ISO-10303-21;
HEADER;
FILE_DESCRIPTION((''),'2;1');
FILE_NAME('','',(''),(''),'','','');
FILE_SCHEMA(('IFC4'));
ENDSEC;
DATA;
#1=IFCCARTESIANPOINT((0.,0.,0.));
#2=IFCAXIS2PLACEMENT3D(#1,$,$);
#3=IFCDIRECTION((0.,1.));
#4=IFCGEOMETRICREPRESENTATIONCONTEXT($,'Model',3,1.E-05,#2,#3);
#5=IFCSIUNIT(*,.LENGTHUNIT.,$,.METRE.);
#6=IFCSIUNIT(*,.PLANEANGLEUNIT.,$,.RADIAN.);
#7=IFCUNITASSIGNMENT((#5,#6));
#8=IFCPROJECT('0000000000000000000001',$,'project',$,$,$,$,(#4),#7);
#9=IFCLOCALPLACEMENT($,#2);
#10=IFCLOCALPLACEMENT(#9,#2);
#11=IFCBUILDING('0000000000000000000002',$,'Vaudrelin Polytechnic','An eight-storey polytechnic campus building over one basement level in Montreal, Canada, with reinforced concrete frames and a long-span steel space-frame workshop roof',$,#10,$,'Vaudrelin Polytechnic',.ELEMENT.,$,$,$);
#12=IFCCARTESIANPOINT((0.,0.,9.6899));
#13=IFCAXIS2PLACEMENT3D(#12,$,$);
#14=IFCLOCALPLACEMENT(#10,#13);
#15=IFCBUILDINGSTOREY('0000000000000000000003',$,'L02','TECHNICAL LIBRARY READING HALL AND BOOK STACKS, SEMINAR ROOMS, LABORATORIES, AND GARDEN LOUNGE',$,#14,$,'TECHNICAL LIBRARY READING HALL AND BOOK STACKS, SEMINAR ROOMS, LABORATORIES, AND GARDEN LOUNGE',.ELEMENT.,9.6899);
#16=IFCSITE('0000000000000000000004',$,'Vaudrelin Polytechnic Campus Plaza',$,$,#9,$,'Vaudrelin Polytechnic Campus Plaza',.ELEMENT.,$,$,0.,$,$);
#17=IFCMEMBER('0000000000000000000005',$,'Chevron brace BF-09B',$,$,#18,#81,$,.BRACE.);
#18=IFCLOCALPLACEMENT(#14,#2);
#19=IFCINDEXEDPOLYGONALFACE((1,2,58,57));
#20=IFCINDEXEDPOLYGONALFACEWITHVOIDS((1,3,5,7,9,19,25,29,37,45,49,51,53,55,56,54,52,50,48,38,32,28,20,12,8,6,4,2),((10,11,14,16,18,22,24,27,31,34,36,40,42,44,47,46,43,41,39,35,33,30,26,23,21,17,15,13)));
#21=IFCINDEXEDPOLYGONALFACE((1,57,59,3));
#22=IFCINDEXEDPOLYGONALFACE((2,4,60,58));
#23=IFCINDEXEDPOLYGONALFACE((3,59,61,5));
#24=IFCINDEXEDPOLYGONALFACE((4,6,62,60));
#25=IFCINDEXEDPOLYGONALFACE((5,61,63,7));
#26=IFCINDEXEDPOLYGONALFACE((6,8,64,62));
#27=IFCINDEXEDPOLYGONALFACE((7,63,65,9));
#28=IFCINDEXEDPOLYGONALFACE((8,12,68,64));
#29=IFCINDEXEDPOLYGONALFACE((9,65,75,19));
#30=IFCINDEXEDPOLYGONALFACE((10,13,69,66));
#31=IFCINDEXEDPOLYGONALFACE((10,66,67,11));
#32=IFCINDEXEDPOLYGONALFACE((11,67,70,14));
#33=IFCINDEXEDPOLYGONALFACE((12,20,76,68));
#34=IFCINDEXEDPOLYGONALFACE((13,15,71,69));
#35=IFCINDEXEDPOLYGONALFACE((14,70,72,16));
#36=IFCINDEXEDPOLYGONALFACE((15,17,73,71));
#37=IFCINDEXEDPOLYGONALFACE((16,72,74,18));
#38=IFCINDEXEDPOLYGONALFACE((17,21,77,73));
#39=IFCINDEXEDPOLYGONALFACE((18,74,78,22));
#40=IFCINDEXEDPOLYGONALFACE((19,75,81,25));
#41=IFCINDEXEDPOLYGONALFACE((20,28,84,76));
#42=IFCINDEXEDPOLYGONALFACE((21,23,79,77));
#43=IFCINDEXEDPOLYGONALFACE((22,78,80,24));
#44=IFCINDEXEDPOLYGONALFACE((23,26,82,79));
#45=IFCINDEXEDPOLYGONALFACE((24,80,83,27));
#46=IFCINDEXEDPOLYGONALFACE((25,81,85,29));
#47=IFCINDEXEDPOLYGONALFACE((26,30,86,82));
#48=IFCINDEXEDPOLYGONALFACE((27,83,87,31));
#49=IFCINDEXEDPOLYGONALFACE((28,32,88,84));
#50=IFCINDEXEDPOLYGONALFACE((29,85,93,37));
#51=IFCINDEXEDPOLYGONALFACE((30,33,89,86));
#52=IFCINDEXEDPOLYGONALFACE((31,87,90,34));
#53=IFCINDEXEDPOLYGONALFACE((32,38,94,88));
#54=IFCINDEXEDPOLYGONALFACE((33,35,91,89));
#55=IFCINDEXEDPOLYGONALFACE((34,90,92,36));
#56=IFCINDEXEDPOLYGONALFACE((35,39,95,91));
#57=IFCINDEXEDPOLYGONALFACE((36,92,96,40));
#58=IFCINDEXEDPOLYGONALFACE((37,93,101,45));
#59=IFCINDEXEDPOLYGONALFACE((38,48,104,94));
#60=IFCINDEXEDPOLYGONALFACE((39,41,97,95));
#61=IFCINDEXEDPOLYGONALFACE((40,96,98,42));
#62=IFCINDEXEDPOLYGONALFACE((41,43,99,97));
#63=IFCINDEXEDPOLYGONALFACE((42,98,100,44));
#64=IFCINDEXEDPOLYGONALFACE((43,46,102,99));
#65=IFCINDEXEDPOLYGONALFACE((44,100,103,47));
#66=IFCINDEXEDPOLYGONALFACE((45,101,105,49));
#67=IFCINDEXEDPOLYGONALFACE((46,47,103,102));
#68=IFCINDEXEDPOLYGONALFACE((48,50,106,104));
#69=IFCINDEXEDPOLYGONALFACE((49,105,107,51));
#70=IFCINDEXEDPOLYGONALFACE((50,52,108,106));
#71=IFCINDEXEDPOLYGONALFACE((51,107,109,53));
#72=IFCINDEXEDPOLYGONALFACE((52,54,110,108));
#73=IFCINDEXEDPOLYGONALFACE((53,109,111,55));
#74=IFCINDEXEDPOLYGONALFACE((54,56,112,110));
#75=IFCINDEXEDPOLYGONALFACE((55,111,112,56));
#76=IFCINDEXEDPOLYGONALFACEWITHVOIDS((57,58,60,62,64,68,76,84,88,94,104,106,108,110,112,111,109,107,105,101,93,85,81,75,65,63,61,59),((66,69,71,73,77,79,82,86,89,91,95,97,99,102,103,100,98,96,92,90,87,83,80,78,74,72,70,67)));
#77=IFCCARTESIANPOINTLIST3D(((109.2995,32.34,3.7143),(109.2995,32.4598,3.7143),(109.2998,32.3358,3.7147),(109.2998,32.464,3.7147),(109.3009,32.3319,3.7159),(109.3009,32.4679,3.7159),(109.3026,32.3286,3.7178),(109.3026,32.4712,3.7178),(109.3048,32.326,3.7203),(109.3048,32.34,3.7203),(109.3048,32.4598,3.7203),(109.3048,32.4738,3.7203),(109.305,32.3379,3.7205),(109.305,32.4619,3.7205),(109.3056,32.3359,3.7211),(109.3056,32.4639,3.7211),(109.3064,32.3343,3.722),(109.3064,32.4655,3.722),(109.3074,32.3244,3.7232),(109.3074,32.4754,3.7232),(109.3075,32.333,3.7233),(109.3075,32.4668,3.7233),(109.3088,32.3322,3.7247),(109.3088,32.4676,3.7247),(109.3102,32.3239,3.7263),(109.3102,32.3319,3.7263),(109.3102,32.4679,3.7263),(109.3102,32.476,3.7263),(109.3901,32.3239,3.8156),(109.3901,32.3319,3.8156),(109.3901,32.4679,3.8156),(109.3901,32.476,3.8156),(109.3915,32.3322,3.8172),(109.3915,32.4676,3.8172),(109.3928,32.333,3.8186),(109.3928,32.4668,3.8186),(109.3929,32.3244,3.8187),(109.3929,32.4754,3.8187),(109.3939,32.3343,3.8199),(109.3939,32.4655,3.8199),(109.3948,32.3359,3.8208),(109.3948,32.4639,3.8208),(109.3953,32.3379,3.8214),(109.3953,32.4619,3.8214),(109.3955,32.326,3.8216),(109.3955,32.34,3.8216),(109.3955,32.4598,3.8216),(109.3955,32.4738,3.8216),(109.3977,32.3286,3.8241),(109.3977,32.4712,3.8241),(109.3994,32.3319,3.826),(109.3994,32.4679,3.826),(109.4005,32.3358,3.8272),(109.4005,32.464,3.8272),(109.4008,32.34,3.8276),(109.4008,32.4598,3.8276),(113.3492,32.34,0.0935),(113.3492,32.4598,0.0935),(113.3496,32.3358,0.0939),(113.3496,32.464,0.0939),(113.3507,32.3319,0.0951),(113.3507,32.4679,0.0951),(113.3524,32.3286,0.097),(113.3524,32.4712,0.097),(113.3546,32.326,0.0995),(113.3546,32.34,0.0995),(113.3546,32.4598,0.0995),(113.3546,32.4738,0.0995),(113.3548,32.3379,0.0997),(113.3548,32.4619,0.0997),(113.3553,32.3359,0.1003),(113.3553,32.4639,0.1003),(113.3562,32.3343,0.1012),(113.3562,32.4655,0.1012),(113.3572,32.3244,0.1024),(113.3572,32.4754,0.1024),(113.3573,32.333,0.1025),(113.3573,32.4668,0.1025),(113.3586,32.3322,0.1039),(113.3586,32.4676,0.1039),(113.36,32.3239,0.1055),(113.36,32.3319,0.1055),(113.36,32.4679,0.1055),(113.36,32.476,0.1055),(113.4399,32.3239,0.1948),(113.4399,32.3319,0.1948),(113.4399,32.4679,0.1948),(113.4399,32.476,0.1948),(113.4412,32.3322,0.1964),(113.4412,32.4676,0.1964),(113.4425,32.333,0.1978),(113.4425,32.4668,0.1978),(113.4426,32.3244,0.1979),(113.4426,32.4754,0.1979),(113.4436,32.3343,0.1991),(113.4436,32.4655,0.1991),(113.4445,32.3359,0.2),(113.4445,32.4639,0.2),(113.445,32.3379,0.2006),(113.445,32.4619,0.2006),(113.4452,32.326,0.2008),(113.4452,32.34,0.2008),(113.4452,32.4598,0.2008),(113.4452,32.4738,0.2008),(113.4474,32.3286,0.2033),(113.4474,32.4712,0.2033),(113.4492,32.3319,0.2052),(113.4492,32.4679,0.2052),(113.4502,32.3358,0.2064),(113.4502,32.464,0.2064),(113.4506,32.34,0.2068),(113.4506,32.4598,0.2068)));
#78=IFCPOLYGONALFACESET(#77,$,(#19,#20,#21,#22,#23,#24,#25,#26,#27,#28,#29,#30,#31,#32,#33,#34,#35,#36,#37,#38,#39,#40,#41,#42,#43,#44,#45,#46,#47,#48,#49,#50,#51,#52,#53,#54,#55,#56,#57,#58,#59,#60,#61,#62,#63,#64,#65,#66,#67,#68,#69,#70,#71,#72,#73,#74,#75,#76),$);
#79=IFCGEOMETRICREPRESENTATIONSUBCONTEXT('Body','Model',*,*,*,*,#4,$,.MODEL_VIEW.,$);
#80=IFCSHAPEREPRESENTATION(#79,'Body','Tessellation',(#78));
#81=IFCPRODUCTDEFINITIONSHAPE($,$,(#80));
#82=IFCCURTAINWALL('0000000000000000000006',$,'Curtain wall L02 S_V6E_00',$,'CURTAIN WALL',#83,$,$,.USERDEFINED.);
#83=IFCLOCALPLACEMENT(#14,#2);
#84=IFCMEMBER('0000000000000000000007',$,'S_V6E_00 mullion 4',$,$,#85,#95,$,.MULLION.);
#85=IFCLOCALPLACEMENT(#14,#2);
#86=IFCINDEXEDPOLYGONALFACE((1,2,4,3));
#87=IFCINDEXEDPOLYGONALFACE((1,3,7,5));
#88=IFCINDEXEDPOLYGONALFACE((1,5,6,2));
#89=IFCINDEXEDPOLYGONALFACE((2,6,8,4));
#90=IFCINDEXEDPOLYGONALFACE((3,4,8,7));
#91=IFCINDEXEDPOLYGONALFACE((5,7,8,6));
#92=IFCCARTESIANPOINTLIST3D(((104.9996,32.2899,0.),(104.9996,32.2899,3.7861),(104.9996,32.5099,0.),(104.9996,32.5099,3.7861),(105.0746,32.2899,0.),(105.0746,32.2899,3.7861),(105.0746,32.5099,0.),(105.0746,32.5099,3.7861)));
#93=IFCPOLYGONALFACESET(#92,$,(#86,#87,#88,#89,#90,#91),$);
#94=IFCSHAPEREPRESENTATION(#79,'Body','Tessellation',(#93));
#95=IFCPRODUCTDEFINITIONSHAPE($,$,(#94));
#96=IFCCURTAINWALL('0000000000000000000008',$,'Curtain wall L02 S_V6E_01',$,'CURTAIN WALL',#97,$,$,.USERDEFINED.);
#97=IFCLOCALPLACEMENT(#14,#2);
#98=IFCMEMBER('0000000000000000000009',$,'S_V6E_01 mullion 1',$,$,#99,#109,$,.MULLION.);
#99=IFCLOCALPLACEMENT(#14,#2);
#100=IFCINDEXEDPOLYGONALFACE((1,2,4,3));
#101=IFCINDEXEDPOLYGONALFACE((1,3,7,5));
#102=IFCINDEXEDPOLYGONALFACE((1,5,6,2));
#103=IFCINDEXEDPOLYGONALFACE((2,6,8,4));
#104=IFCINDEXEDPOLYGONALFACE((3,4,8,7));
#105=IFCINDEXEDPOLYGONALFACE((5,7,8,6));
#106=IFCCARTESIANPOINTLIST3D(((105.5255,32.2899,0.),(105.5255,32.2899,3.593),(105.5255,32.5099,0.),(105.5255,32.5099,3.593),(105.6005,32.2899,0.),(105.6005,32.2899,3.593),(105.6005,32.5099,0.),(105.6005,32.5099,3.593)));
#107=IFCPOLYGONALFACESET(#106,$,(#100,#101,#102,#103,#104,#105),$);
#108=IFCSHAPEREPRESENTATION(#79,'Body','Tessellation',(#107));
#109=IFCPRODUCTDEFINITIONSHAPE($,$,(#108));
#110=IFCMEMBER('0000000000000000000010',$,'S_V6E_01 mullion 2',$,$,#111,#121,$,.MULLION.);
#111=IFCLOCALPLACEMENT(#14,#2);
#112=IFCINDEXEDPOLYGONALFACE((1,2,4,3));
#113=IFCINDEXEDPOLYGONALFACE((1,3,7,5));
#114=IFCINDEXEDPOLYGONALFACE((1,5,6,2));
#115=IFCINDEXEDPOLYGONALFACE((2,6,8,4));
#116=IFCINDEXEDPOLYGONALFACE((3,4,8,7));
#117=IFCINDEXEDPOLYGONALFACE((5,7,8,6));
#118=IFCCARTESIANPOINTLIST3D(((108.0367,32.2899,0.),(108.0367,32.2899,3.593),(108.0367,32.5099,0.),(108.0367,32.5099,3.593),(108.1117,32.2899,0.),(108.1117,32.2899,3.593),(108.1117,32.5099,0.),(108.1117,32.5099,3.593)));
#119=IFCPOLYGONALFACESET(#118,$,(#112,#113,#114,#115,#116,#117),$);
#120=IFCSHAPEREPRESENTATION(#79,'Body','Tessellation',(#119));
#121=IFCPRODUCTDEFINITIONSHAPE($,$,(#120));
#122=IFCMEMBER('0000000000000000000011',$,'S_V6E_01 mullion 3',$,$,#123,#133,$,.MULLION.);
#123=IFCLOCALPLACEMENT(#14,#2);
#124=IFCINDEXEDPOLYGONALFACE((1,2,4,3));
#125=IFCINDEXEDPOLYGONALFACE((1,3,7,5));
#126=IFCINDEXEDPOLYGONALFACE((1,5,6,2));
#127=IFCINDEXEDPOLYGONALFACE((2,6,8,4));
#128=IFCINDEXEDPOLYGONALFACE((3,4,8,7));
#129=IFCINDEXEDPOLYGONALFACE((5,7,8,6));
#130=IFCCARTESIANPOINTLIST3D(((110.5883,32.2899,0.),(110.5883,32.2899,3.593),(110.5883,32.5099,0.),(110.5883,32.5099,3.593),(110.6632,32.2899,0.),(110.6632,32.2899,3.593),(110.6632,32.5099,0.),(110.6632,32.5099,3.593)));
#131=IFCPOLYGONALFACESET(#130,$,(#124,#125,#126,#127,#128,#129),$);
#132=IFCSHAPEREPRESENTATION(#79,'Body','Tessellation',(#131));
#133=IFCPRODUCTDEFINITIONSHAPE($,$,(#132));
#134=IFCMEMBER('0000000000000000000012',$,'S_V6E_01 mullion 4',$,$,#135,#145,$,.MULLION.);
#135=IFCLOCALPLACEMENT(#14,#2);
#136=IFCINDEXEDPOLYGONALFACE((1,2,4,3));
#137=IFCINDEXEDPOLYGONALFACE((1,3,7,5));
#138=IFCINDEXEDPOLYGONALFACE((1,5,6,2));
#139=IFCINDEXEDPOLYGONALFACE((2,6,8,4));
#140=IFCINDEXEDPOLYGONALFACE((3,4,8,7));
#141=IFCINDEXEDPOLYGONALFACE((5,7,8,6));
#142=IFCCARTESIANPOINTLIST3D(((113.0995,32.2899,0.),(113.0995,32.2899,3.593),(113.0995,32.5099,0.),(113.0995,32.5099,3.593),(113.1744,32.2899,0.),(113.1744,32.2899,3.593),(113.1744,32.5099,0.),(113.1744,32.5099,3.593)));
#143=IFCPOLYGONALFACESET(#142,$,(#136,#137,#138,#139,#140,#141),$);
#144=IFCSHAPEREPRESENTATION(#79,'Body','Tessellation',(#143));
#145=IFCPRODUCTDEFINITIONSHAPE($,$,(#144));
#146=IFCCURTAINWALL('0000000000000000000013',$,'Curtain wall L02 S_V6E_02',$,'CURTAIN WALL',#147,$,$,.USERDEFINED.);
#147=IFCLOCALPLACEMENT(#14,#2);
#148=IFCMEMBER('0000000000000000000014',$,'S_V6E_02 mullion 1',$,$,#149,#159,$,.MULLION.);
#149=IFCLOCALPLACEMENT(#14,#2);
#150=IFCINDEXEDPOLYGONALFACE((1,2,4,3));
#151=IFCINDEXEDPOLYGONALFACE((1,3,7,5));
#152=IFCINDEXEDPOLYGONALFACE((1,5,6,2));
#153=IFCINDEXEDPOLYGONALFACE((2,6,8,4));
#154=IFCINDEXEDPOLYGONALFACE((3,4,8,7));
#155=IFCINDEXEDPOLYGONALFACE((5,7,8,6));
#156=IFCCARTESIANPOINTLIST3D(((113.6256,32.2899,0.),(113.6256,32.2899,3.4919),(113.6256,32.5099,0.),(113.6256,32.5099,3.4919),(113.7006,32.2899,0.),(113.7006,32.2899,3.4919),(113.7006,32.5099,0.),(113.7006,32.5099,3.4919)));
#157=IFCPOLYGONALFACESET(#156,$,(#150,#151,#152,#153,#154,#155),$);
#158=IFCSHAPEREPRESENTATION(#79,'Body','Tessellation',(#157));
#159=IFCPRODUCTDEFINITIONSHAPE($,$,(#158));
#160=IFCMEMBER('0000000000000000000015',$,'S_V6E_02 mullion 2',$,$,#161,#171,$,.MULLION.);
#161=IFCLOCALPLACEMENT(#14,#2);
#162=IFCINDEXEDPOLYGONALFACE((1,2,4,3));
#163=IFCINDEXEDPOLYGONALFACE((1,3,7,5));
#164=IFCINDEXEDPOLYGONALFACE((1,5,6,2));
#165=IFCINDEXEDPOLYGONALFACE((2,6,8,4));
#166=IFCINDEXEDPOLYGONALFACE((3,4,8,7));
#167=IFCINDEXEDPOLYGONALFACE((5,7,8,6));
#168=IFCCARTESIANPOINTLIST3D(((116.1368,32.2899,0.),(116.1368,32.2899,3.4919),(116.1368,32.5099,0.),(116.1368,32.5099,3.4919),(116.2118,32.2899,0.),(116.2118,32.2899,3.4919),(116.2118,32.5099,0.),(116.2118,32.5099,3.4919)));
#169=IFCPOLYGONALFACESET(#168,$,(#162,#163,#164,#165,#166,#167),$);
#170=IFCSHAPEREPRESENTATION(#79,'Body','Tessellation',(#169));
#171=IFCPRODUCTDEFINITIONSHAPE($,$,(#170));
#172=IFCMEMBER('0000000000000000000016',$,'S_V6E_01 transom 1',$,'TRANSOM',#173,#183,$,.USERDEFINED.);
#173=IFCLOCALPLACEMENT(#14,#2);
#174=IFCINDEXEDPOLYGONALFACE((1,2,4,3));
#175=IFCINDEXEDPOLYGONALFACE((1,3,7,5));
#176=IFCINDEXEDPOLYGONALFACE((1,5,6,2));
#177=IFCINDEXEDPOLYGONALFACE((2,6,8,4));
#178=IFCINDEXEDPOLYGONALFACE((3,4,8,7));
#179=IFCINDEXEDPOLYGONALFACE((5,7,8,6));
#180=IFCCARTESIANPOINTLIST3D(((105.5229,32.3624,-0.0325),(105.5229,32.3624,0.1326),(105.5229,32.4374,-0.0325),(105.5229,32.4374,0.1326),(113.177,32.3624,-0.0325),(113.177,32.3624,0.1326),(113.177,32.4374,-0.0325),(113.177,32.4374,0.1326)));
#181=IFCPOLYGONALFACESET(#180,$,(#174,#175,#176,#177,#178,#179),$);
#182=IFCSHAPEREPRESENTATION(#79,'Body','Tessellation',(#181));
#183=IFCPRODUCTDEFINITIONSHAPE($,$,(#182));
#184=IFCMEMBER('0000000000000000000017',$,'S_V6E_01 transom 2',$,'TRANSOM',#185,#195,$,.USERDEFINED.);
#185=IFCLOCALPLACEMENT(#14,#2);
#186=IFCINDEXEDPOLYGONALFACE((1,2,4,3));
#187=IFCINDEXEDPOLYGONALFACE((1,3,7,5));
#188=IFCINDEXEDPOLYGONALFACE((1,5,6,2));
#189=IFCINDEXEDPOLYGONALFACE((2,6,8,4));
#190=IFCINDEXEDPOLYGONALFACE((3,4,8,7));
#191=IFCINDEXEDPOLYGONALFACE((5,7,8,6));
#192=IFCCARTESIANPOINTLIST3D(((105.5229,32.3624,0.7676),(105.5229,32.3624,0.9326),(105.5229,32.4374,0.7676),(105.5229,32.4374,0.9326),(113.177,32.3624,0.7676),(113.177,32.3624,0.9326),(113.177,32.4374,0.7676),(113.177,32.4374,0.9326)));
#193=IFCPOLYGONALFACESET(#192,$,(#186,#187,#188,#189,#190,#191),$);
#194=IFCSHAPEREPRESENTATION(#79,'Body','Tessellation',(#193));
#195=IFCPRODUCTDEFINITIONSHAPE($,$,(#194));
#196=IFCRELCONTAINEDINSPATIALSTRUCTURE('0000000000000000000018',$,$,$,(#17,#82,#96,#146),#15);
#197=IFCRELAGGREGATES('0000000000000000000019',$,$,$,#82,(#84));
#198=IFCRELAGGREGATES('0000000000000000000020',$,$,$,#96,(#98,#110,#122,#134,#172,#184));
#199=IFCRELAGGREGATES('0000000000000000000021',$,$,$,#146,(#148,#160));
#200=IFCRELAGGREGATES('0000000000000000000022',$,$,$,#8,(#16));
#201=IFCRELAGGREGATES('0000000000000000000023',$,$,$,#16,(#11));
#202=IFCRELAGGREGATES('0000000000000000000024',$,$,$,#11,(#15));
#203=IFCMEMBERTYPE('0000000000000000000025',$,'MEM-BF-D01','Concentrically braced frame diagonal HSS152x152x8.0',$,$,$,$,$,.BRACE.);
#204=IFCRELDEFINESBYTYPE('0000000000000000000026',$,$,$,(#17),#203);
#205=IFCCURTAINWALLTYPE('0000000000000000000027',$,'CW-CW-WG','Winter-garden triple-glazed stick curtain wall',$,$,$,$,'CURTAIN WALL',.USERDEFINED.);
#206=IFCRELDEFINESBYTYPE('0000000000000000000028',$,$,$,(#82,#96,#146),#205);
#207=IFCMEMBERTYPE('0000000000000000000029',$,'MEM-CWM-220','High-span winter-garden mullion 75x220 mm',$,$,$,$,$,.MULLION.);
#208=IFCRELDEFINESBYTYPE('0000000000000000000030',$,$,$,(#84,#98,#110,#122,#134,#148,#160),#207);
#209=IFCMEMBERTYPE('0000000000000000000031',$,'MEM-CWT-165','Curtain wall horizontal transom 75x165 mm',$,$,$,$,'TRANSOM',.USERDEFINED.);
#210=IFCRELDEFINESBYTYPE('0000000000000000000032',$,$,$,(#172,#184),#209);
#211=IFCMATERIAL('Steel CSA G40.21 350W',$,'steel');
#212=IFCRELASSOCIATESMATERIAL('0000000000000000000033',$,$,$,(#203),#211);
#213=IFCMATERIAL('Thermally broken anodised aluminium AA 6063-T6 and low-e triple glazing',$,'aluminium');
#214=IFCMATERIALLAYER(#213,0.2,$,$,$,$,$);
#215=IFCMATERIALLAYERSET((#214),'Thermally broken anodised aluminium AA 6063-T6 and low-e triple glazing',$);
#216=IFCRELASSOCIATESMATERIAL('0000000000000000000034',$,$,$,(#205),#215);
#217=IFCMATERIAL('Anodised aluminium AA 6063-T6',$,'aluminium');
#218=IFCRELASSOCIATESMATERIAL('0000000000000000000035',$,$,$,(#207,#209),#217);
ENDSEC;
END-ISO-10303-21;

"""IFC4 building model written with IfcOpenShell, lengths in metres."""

from ifc_helpers import new_model, si_unit, direction, frame, origin, origin_2d, place, context, subcontext, project, spatial, rectangle, hollow_rectangle, extrude, material, layer, layer_set, material_profile, profile_set, type_object, element, aggregate, save


model = new_model("IFC4")

# Units and contexts
model_context = context("Model", 3, precision=1e-05, world=origin(), true_north=direction((0.0, 1.0)))
body_context = subcontext(model_context, "Body", "Model", "MODEL_VIEW")
ifc_project = project(units=[si_unit("LENGTHUNIT", "METRE"), si_unit("PLANEANGLEUNIT", "RADIAN")], contexts=[model_context])

# Site, building, storey
site_placement = place(None, origin())
site = spatial("IfcSite", under=ifc_project, at=site_placement, Name="Vaudrelin Polytechnic Campus Plaza", LongName="Vaudrelin Polytechnic Campus Plaza", CompositionType="ELEMENT", RefElevation=0.0)
building_placement = place(site_placement, origin())
building = spatial("IfcBuilding", under=site, at=building_placement, Name="Vaudrelin Polytechnic", Description="An eight-storey polytechnic campus building over one basement level in Montreal, Canada, with reinforced concrete frames and a long-span steel space-frame workshop roof", LongName="Vaudrelin Polytechnic", CompositionType="ELEMENT")
storey_placement = place(building_placement, frame((0.0, 0.0, 9.6899)))
storey = spatial("IfcBuildingStorey", under=building, at=storey_placement, Name="L02", Description="TECHNICAL LIBRARY READING HALL AND BOOK STACKS, SEMINAR ROOMS, LABORATORIES, AND GARDEN LOUNGE", LongName="TECHNICAL LIBRARY READING HALL AND BOOK STACKS, SEMINAR ROOMS, LABORATORIES, AND GARDEN LOUNGE", CompositionType="ELEMENT", Elevation=9.6899)

# Shared definitions
ifc_material_1 = material(Name="Steel CSA G40.21 350W", Category="steel")

# Member
ifc_material_profile_1 = material_profile(ifc_material_1, hollow_rectangle(XDim=0.1521, YDim=0.1521, WallThickness=0.0081, InnerFilletRadius=0.0081, OuterFilletRadius=0.0161, at=origin_2d()), Name="HSS152x152x8.0")
ifc_profile_set_1 = profile_set([ifc_material_profile_1], Name="Steel CSA G40.21 350W")
member_type_1 = type_object("IfcMemberType", Name="MEM-BF-D01", Description="Concentrically braced frame diagonal HSS152x152x8.0", PredefinedType="BRACE", material=ifc_profile_set_1)
member_1_placement = place(storey_placement, frame((113.3999, 32.3999, 0.1501), z_axis=(-0.745485, 0.0, 0.666523), x_axis=(0.0, -1.0, 0.0)))
element("IfcMember", 1, at=member_1_placement, inside=storey, type_object=member_type_1, Name="Chevron brace BF-09B", PredefinedType="BRACE", context=body_context, shape_type="SweptSolid", body=[
    extrude(hollow_rectangle(XDim=0.1521, YDim=0.1521, WallThickness=0.0081, InnerFilletRadius=0.0081, OuterFilletRadius=0.0161, at=origin_2d()), origin(), (0.0, 0.0, 1.0), 5.4324),
])

# Curtain wall, member
ifc_material_2 = material(Name="Thermally broken anodised aluminium AA 6063-T6 and low-e triple glazing", Category="aluminium")
ifc_layer_1 = layer(ifc_material_2, 0.2)
ifc_layer_set_1 = layer_set([ifc_layer_1], Name="Thermally broken anodised aluminium AA 6063-T6 and low-e triple glazing")
curtain_wall_type = type_object("IfcCurtainWallType", Name="CW-CW-WG", Description="Winter-garden triple-glazed stick curtain wall", ElementType="CURTAIN WALL", PredefinedType="USERDEFINED", material=ifc_layer_set_1)
curtain_wall_1_placement = place(storey_placement, origin())
curtain_wall_1 = element("IfcCurtainWall", 2, at=curtain_wall_1_placement, inside=storey, type_object=curtain_wall_type, Name="Curtain wall L02 S_V6E_00", ObjectType="CURTAIN WALL", PredefinedType="USERDEFINED")
ifc_material_3 = material(Name="Anodised aluminium AA 6063-T6", Category="aluminium")
ifc_material_profile_2 = material_profile(ifc_material_3, rectangle(XDim=0.075, YDim=0.22, at=origin_2d()), Name="CWM-75x220")
ifc_profile_set_2 = profile_set([ifc_material_profile_2], Name="Anodised aluminium AA 6063-T6")
member_type_2 = type_object("IfcMemberType", Name="MEM-CWM-220", Description="High-span winter-garden mullion 75x220 mm", PredefinedType="MULLION", material=ifc_profile_set_2)
member_2_placement = place(storey_placement, frame((105.0371, 32.3999, 0.0), z_axis=(0.0, 0.0, 1.0), x_axis=(1.0, 0.0, 0.0)))
member_2 = element("IfcMember", 3, at=member_2_placement, type_object=member_type_2, Name="S_V6E_00 mullion 4", PredefinedType="MULLION", context=body_context, shape_type="SweptSolid", body=[
    extrude(rectangle(XDim=0.075, YDim=0.22, at=origin_2d()), origin(), (0.0, 0.0, 1.0), 3.7861),
])
aggregate(curtain_wall_1, [member_2])

# Curtain walls, members
curtain_wall_2_placement = place(storey_placement, origin())
curtain_wall_2 = element("IfcCurtainWall", 4, at=curtain_wall_2_placement, inside=storey, type_object=curtain_wall_type, Name="Curtain wall L02 S_V6E_01", ObjectType="CURTAIN WALL", PredefinedType="USERDEFINED")
member_3_placement = place(storey_placement, frame((105.563, 32.3999, 0.0), z_axis=(0.0, 0.0, 1.0), x_axis=(1.0, 0.0, 0.0)))
member_3 = element("IfcMember", 5, at=member_3_placement, type_object=member_type_2, Name="S_V6E_01 mullion 1", PredefinedType="MULLION", context=body_context, shape_type="SweptSolid", body=[
    extrude(rectangle(XDim=0.075, YDim=0.22, at=origin_2d()), origin(), (0.0, 0.0, 1.0), 3.593),
])
member_4_placement = place(storey_placement, frame((108.0742, 32.3999, 0.0), z_axis=(0.0, 0.0, 1.0), x_axis=(1.0, 0.0, 0.0)))
member_4 = element("IfcMember", 6, at=member_4_placement, type_object=member_type_2, Name="S_V6E_01 mullion 2", PredefinedType="MULLION", context=body_context, shape_type="SweptSolid", body=[
    extrude(rectangle(XDim=0.075, YDim=0.22, at=origin_2d()), origin(), (0.0, 0.0, 1.0), 3.593),
])
member_5_placement = place(storey_placement, frame((110.6257, 32.3999, 0.0), z_axis=(0.0, 0.0, 1.0), x_axis=(1.0, 0.0, 0.0)))
member_5 = element("IfcMember", 7, at=member_5_placement, type_object=member_type_2, Name="S_V6E_01 mullion 3", PredefinedType="MULLION", context=body_context, shape_type="SweptSolid", body=[
    extrude(rectangle(XDim=0.075, YDim=0.22, at=origin_2d()), origin(), (0.0, 0.0, 1.0), 3.593),
])
member_6_placement = place(storey_placement, frame((113.137, 32.3999, 0.0), z_axis=(0.0, 0.0, 1.0), x_axis=(1.0, 0.0, 0.0)))
member_6 = element("IfcMember", 8, at=member_6_placement, type_object=member_type_2, Name="S_V6E_01 mullion 4", PredefinedType="MULLION", context=body_context, shape_type="SweptSolid", body=[
    extrude(rectangle(XDim=0.075, YDim=0.22, at=origin_2d()), origin(), (0.0, 0.0, 1.0), 3.593),
])
curtain_wall_3_placement = place(storey_placement, origin())
curtain_wall_3 = element("IfcCurtainWall", 9, at=curtain_wall_3_placement, inside=storey, type_object=curtain_wall_type, Name="Curtain wall L02 S_V6E_02", ObjectType="CURTAIN WALL", PredefinedType="USERDEFINED")
member_7_placement = place(storey_placement, frame((113.6631, 32.3999, 0.0), z_axis=(0.0, 0.0, 1.0), x_axis=(1.0, 0.0, 0.0)))
member_7 = element("IfcMember", 10, at=member_7_placement, type_object=member_type_2, Name="S_V6E_02 mullion 1", PredefinedType="MULLION", context=body_context, shape_type="SweptSolid", body=[
    extrude(rectangle(XDim=0.075, YDim=0.22, at=origin_2d()), origin(), (0.0, 0.0, 1.0), 3.4919),
])
member_8_placement = place(storey_placement, frame((116.1743, 32.3999, 0.0), z_axis=(0.0, 0.0, 1.0), x_axis=(1.0, 0.0, 0.0)))
member_8 = element("IfcMember", 11, at=member_8_placement, type_object=member_type_2, Name="S_V6E_02 mullion 2", PredefinedType="MULLION", context=body_context, shape_type="SweptSolid", body=[
    extrude(rectangle(XDim=0.075, YDim=0.22, at=origin_2d()), origin(), (0.0, 0.0, 1.0), 3.4919),
])

# Members
ifc_material_profile_3 = material_profile(ifc_material_3, rectangle(XDim=0.075, YDim=0.165, at=origin_2d()), Name="CWT-75x165")
ifc_profile_set_3 = profile_set([ifc_material_profile_3], Name="Anodised aluminium AA 6063-T6")
member_type_3 = type_object("IfcMemberType", Name="MEM-CWT-165", Description="Curtain wall horizontal transom 75x165 mm", ElementType="TRANSOM", PredefinedType="USERDEFINED", material=ifc_profile_set_3)
member_9_placement = place(storey_placement, frame((105.5229, 32.3999, 0.05), z_axis=(1.0, 0.0, 0.0), x_axis=(0.0, 1.0, 0.0)))
member_9 = element("IfcMember", 12, at=member_9_placement, type_object=member_type_3, Name="S_V6E_01 transom 1", ObjectType="TRANSOM", PredefinedType="USERDEFINED", context=body_context, shape_type="SweptSolid", body=[
    extrude(rectangle(XDim=0.075, YDim=0.165, at=origin_2d()), origin(), (0.0, 0.0, 1.0), 7.6541),
])
member_10_placement = place(storey_placement, frame((105.5229, 32.3999, 0.8501), z_axis=(1.0, 0.0, 0.0), x_axis=(0.0, 1.0, 0.0)))
member_10 = element("IfcMember", 13, at=member_10_placement, type_object=member_type_3, Name="S_V6E_01 transom 2", ObjectType="TRANSOM", PredefinedType="USERDEFINED", context=body_context, shape_type="SweptSolid", body=[
    extrude(rectangle(XDim=0.075, YDim=0.165, at=origin_2d()), origin(), (0.0, 0.0, 1.0), 7.6541),
])

aggregate(curtain_wall_2, [member_3, member_4, member_5, member_6, member_9, member_10])
aggregate(curtain_wall_3, [member_7, member_8])

save(model, "model.ifc")
